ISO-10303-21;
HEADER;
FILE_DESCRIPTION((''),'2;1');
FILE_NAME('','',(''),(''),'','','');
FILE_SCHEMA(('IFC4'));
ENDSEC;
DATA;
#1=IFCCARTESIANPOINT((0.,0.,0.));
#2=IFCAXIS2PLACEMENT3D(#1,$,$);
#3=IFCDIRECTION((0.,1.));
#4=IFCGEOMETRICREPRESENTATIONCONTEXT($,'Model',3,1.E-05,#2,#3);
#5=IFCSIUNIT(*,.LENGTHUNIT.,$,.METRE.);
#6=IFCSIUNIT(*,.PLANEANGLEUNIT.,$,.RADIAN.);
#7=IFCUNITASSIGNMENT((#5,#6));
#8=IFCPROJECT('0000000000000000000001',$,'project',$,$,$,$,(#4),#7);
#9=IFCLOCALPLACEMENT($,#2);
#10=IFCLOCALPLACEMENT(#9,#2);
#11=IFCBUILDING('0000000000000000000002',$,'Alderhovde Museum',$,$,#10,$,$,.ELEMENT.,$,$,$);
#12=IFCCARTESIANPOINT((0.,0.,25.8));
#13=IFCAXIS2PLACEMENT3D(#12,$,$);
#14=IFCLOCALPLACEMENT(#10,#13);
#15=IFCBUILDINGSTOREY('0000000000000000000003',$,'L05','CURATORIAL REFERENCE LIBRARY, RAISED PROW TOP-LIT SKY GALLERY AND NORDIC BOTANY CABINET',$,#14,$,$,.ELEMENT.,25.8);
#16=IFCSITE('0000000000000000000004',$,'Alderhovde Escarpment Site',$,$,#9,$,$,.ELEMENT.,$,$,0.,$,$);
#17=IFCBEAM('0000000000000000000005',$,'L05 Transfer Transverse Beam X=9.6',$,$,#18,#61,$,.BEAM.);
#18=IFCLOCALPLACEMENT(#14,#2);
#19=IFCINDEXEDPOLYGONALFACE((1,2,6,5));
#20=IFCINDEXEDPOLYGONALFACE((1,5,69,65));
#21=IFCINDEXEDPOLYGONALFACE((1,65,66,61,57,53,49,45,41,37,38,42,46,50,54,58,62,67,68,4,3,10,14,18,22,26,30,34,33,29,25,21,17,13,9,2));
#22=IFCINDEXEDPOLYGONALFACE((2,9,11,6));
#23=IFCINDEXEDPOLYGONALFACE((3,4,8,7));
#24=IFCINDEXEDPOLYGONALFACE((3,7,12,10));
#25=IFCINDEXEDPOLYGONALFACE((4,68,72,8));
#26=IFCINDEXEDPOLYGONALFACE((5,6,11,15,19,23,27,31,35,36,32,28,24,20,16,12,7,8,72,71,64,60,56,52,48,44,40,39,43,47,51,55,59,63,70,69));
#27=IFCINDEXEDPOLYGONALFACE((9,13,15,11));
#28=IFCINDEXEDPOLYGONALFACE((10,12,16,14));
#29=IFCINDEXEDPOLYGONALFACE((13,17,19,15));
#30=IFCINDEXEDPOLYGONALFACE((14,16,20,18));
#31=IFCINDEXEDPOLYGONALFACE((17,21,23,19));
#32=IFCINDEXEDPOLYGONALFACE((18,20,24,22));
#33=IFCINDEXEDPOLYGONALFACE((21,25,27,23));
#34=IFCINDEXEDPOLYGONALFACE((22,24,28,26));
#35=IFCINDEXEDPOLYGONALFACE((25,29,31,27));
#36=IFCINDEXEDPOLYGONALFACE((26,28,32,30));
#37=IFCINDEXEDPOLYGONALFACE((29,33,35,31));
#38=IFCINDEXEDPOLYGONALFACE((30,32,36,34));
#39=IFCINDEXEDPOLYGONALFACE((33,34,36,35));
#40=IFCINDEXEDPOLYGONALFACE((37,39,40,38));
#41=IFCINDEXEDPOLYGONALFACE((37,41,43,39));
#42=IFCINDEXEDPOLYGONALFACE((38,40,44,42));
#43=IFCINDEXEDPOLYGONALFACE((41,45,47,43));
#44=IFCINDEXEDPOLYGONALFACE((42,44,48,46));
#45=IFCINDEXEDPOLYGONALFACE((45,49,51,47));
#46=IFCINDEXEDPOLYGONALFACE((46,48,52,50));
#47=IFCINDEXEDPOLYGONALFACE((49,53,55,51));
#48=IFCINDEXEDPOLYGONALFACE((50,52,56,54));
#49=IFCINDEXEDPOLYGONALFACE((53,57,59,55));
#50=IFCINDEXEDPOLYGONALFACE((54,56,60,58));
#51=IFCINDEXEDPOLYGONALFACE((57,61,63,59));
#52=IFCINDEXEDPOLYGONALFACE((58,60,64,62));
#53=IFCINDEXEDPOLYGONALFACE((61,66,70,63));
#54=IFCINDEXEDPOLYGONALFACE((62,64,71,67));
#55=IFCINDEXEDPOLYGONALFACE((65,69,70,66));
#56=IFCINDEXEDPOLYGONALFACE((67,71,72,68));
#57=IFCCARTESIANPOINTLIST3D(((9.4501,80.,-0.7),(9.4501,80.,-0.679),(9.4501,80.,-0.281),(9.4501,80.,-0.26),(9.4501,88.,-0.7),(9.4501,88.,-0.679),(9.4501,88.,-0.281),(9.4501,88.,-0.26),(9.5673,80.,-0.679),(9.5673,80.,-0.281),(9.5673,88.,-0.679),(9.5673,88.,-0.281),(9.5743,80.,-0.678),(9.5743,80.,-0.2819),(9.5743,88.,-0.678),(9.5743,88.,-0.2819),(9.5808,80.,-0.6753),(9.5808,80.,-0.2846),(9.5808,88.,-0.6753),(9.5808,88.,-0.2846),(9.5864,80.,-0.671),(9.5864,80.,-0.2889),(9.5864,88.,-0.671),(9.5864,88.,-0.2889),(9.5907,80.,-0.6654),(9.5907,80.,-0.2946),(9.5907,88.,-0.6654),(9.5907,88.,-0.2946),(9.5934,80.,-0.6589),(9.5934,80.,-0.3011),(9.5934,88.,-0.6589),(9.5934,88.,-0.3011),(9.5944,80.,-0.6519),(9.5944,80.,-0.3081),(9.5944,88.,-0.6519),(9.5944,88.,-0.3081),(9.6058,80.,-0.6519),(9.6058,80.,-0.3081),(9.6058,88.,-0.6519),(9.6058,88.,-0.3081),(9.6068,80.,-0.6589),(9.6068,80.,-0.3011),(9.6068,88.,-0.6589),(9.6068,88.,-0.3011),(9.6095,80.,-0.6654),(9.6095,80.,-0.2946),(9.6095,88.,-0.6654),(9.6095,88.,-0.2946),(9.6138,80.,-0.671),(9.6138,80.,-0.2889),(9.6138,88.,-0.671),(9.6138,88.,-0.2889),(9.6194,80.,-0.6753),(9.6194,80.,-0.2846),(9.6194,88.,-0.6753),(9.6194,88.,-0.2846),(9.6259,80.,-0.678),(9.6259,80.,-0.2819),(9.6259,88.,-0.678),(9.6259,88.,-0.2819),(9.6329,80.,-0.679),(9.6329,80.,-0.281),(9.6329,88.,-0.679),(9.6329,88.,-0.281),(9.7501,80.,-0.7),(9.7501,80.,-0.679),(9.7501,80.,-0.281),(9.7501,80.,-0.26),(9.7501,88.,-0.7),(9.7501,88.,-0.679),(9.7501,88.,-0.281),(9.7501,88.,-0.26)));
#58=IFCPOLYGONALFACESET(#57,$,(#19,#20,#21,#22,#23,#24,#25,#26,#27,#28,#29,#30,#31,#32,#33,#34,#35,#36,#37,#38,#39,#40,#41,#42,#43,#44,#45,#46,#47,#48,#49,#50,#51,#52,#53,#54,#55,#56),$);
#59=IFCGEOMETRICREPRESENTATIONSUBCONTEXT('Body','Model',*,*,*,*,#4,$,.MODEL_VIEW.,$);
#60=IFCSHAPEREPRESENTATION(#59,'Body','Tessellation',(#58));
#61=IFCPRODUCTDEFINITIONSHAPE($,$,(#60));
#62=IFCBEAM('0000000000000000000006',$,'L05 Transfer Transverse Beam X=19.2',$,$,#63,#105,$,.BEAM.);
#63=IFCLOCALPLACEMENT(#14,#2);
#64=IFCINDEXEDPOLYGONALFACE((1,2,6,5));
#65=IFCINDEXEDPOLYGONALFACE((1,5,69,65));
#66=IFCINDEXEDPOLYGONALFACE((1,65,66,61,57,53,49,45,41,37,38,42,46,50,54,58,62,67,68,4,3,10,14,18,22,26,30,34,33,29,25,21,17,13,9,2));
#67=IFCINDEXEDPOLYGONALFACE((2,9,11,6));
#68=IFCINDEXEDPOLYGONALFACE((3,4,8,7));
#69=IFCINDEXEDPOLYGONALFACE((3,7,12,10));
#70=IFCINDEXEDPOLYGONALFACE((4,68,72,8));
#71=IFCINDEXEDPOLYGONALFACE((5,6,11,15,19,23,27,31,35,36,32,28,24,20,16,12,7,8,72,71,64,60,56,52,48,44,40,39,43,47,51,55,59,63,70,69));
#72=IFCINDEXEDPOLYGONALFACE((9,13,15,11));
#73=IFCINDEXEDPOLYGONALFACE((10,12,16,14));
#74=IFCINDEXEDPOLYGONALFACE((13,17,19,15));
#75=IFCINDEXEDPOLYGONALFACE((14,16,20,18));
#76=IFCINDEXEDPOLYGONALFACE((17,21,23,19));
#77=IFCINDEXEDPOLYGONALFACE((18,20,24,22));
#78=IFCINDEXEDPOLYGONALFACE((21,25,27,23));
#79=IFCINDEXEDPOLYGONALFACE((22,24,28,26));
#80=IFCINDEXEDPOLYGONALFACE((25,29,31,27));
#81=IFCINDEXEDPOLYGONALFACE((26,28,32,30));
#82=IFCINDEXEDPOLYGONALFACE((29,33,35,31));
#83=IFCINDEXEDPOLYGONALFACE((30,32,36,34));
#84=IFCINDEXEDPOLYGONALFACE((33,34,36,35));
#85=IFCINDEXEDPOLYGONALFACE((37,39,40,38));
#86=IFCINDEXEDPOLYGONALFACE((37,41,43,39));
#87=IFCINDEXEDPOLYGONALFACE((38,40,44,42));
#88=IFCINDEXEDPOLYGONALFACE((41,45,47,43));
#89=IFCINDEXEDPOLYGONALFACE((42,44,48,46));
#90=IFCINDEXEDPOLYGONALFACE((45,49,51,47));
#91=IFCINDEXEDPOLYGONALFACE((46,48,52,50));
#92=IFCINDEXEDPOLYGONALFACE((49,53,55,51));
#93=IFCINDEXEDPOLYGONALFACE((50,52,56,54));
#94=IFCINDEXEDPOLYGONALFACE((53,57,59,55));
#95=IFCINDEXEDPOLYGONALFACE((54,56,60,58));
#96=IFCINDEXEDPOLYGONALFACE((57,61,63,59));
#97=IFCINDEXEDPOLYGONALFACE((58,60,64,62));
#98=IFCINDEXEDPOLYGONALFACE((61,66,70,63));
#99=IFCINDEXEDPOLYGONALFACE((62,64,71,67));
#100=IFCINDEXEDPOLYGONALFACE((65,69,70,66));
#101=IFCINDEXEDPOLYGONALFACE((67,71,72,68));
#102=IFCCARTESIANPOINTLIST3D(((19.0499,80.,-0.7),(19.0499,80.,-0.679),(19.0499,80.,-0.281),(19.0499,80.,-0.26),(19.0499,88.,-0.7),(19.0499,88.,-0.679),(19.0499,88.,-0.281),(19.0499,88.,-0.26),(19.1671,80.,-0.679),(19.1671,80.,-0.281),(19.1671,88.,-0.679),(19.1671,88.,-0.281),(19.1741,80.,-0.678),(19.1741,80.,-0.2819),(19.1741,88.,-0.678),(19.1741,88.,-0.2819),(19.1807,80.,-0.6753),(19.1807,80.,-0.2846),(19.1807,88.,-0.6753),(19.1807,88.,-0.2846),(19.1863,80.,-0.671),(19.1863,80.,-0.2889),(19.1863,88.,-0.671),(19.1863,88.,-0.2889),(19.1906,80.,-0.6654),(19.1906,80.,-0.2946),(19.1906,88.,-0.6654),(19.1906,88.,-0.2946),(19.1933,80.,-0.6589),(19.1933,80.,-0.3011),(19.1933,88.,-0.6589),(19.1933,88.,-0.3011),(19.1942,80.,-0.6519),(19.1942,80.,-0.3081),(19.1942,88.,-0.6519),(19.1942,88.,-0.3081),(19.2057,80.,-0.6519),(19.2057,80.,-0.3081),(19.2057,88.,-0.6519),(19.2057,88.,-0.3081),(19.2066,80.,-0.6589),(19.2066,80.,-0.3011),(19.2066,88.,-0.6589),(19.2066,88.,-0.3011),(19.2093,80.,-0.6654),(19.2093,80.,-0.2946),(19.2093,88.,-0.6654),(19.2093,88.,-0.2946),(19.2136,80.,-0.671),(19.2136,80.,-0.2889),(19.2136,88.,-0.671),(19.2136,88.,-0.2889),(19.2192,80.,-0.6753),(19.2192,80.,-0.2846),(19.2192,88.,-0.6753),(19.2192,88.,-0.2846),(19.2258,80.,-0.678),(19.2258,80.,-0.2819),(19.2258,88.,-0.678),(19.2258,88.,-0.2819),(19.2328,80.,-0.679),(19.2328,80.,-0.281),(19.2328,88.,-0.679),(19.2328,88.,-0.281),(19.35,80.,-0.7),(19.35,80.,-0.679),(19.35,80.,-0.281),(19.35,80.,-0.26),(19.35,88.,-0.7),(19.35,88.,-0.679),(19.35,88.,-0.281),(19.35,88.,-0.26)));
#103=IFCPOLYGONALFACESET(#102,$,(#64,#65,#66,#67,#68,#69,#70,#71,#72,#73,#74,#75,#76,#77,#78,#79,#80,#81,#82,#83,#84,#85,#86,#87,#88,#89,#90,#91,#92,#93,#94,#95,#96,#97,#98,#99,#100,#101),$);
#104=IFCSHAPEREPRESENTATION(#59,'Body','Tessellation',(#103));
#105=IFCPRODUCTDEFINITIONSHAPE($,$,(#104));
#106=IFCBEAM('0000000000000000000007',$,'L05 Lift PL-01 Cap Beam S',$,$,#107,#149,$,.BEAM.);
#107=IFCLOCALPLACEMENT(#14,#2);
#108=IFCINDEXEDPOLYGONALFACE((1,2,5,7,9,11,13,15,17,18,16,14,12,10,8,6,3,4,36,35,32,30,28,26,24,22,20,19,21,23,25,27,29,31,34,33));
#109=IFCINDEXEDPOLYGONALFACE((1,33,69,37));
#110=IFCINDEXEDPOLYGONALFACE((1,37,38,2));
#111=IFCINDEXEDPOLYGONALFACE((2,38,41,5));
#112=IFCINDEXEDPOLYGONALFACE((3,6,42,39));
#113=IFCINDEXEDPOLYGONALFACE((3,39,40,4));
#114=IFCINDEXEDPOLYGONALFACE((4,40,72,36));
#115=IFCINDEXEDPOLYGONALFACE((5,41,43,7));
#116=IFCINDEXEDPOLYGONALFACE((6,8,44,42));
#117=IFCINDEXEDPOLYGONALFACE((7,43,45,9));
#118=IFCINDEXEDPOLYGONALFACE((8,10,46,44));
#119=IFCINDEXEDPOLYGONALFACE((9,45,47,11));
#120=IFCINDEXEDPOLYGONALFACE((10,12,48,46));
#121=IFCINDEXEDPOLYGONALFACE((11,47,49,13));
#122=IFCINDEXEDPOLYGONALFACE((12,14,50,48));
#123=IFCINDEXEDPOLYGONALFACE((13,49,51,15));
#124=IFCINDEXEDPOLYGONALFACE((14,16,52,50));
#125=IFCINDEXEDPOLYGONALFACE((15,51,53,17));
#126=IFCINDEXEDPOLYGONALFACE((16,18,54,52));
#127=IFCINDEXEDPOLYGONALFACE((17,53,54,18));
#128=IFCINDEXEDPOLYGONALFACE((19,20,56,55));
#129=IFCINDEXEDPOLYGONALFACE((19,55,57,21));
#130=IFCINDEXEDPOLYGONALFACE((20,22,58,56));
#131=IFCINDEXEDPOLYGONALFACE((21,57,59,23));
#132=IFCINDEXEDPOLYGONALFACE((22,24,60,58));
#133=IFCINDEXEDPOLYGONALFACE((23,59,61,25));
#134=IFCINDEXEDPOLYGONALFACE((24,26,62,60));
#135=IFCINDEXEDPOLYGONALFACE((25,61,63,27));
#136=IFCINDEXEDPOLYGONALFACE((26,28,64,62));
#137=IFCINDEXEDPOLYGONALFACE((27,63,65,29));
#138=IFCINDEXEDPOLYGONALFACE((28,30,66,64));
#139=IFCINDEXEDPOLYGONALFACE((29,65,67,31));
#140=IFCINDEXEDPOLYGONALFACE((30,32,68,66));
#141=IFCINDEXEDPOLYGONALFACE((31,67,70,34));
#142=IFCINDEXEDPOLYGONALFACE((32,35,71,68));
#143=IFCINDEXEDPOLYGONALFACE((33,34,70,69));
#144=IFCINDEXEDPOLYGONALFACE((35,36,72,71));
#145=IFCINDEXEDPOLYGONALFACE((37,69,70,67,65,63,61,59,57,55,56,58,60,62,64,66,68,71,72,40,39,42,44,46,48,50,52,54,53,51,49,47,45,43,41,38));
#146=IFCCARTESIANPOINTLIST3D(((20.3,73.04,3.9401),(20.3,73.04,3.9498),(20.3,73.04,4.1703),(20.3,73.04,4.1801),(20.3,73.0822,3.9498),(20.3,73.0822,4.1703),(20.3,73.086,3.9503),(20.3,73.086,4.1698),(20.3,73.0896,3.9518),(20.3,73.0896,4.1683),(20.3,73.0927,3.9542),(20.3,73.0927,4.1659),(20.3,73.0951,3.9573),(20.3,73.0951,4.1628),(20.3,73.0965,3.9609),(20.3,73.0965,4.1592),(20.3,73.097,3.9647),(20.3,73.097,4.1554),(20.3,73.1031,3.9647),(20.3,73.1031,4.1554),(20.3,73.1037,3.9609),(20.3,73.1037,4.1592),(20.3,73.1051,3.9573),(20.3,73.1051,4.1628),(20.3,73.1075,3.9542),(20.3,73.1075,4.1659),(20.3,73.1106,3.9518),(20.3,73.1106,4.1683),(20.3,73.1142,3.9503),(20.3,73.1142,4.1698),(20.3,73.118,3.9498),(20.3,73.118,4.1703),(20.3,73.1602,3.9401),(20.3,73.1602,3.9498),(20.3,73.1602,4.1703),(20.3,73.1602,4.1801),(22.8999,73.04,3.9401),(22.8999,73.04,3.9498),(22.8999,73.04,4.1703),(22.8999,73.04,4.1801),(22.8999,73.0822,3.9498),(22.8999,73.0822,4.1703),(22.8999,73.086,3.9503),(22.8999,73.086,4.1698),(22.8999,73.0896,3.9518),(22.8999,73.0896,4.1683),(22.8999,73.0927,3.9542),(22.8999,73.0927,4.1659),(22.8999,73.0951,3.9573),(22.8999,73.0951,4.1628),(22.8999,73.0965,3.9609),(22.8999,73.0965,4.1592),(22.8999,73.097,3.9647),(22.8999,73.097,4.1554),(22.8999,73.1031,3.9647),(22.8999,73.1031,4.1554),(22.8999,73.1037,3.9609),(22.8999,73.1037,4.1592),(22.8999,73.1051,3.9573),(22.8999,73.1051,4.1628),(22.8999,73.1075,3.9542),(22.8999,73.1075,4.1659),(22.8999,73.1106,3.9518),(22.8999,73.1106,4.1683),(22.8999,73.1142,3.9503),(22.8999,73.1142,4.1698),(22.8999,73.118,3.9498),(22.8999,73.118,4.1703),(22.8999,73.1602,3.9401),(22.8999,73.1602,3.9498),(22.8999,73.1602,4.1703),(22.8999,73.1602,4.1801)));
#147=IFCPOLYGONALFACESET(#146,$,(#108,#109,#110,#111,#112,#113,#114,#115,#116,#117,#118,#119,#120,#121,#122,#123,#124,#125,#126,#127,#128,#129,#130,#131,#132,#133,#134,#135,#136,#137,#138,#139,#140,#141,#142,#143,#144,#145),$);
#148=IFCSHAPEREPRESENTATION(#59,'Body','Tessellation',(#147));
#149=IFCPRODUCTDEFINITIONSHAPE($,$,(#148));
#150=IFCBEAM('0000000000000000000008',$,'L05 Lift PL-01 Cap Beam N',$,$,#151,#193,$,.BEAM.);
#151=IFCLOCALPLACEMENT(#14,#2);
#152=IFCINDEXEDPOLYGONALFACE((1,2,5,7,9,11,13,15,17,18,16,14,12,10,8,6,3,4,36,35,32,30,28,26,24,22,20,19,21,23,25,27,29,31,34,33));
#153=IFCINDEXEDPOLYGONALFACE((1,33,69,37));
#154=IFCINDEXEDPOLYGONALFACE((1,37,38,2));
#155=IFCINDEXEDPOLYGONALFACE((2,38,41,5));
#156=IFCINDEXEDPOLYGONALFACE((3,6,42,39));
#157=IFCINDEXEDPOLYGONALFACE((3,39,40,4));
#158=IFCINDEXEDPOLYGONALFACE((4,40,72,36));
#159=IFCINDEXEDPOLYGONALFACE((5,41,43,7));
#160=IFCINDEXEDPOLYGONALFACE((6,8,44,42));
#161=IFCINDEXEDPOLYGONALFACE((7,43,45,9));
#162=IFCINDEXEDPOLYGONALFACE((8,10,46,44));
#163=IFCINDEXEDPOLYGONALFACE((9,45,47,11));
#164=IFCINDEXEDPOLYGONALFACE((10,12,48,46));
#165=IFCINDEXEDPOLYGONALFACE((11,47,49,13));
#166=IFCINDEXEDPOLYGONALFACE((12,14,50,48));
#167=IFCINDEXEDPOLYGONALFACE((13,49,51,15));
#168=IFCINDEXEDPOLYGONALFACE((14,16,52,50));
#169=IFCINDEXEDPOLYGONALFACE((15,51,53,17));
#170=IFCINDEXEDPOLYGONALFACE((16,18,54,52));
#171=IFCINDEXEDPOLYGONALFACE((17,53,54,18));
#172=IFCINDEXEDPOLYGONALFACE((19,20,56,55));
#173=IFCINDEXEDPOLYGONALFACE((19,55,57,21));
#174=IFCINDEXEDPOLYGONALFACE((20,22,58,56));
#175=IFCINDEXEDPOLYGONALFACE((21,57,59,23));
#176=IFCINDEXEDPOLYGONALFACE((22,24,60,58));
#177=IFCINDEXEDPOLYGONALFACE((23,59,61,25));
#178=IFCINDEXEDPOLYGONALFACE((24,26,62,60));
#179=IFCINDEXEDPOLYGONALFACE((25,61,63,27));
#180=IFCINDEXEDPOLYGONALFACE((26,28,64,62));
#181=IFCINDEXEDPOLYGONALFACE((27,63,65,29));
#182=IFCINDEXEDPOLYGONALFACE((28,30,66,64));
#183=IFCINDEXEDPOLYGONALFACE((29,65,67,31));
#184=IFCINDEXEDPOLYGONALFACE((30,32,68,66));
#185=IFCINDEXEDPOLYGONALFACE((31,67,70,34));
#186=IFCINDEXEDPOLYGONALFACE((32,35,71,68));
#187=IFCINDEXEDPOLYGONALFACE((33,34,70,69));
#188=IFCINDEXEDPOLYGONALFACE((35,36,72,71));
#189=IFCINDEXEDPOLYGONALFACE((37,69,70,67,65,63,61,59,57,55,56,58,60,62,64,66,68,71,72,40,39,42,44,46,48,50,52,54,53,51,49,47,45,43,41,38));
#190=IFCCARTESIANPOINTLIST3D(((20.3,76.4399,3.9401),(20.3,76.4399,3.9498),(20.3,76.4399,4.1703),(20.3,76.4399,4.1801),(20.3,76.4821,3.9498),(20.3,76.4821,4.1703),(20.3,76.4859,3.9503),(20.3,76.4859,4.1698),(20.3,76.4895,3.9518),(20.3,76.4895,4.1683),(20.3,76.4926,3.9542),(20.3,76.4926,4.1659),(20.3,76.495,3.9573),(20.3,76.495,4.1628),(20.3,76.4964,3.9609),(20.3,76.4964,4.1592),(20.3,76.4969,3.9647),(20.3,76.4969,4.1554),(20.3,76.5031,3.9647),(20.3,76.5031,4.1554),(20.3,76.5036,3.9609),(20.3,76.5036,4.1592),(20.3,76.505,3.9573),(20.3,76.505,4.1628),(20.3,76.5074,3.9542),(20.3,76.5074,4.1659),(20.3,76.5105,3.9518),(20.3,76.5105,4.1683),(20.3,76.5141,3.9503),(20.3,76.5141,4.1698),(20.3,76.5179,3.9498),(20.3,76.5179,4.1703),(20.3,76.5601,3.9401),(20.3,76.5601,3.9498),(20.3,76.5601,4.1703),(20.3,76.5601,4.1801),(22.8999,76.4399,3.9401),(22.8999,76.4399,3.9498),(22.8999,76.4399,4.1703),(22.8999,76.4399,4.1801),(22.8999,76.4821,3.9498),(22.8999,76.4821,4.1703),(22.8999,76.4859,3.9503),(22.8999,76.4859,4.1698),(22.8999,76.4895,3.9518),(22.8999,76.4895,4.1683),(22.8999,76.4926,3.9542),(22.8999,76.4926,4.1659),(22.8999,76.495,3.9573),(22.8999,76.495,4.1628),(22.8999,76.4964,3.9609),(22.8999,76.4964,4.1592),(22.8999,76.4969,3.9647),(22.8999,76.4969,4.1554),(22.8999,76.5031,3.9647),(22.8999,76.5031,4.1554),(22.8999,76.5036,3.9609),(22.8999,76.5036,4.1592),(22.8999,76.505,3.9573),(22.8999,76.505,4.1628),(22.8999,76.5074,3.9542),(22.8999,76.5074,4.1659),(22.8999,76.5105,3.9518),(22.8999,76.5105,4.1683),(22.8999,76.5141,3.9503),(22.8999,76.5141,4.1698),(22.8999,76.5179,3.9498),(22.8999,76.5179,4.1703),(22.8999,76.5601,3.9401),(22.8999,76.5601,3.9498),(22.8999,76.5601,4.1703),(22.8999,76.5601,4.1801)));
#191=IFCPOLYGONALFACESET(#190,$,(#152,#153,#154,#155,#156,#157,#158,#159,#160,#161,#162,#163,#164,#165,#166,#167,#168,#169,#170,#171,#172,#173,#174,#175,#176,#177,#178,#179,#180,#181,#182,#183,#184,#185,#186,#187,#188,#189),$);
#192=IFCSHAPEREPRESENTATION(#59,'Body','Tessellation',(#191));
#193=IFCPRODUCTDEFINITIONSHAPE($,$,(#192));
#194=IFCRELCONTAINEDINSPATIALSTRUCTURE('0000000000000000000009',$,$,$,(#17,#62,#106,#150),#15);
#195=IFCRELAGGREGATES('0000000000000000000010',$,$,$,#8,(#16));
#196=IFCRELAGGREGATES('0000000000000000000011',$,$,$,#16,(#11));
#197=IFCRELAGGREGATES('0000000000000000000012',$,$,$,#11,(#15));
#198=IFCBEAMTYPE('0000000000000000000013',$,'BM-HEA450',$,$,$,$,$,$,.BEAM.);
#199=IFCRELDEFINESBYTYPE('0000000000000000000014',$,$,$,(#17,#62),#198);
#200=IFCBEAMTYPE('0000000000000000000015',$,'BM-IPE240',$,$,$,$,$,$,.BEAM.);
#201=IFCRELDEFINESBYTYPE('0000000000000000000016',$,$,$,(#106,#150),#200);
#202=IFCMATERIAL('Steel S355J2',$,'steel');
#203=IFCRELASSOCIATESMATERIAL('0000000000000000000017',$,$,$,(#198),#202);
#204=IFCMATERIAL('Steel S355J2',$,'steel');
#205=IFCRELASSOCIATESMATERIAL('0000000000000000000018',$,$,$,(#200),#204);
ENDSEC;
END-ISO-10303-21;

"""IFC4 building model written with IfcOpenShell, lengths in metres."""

from ifc_helpers import new_model, si_unit, direction, frame, origin, origin_2d, place, context, subcontext, project, spatial, i_section, extrude, material, material_profile, profile_set, type_object, element, save


model = new_model("IFC4")

# Units and contexts
model_context = context("Model", 3, precision=1e-05, world=origin(), true_north=direction((0.0, 1.0)))
body_context = subcontext(model_context, "Body", "Model", "MODEL_VIEW")
ifc_project = project(units=[si_unit("LENGTHUNIT", "METRE"), si_unit("PLANEANGLEUNIT", "RADIAN")], contexts=[model_context])

# Site, building, storey
site_placement = place(None, origin())
site = spatial("IfcSite", under=ifc_project, at=site_placement, Name="Alderhovde Escarpment Site", CompositionType="ELEMENT", RefElevation=0.0)
building_placement = place(site_placement, origin())
building = spatial("IfcBuilding", under=site, at=building_placement, Name="Alderhovde Museum", CompositionType="ELEMENT")
storey_placement = place(building_placement, frame((0.0, 0.0, 25.8)))
storey = spatial("IfcBuildingStorey", under=building, at=storey_placement, Name="L05", Description="CURATORIAL REFERENCE LIBRARY, RAISED PROW TOP-LIT SKY GALLERY AND NORDIC BOTANY CABINET", CompositionType="ELEMENT", Elevation=25.8)

# Beams
ifc_material_1 = material(Name="Steel S355J2", Category="steel")
ifc_material_profile_1 = material_profile(ifc_material_1, i_section(OverallWidth=0.3, OverallDepth=0.4399, WebThickness=0.0115, FlangeThickness=0.021, FilletRadius=0.0271, at=origin_2d()), Name="HEA 450")
ifc_profile_set_1 = profile_set([ifc_material_profile_1], Name="Steel S355J2")
beam_type_1 = type_object("IfcBeamType", Name="BM-HEA450", PredefinedType="BEAM", material=ifc_profile_set_1)
for number, where, z_axis, x_axis, name in (
    (1, (9.6001, 80.0, -0.48), (0.0, 1.0, 0.0), (-1.0, 0.0, 0.0), "L05 Transfer Transverse Beam X=9.6"),
    (2, (19.2, 80.0, -0.48), (0.0, 1.0, 0.0), (-1.0, 0.0, 0.0), "L05 Transfer Transverse Beam X=19.2"),
):
    element("IfcBeam", number, at=place(storey_placement, frame(where, z_axis=z_axis, x_axis=x_axis)), inside=storey, type_object=beam_type_1, Name=name, PredefinedType="BEAM", context=body_context, shape_type="SweptSolid", body=[
        extrude(i_section(OverallWidth=0.3, OverallDepth=0.4399, WebThickness=0.0115, FlangeThickness=0.021, FilletRadius=0.0271, at=origin_2d()), origin(), (0.0, 0.0, 1.0), 8.0),
    ])
ifc_material_2 = material(Name="Steel S355J2", Category="steel")
ifc_material_profile_2 = material_profile(ifc_material_2, i_section(OverallWidth=0.1201, OverallDepth=0.24, WebThickness=0.0061, FlangeThickness=0.0098, FilletRadius=0.0149, at=origin_2d()), Name="IPE 240")
ifc_profile_set_2 = profile_set([ifc_material_profile_2], Name="Steel S355J2")
beam_type_2 = type_object("IfcBeamType", Name="BM-IPE240", PredefinedType="BEAM", material=ifc_profile_set_2)
for number, where, z_axis, x_axis, name in (
    (3, (20.3, 73.1001, 4.0601), (1.0, 0.0, 0.0), (0.0, 1.0, 0.0), "L05 Lift PL-01 Cap Beam S"),
    (4, (20.3, 76.5, 4.0601), (1.0, 0.0, 0.0), (0.0, 1.0, 0.0), "L05 Lift PL-01 Cap Beam N"),
):
    element("IfcBeam", number, at=place(storey_placement, frame(where, z_axis=z_axis, x_axis=x_axis)), inside=storey, type_object=beam_type_2, Name=name, PredefinedType="BEAM", context=body_context, shape_type="SweptSolid", body=[
        extrude(i_section(OverallWidth=0.1201, OverallDepth=0.24, WebThickness=0.0061, FlangeThickness=0.0098, FilletRadius=0.0149, at=origin_2d()), origin(), (0.0, 0.0, 1.0), 2.5999),
    ])

save(model, "model.ifc")
